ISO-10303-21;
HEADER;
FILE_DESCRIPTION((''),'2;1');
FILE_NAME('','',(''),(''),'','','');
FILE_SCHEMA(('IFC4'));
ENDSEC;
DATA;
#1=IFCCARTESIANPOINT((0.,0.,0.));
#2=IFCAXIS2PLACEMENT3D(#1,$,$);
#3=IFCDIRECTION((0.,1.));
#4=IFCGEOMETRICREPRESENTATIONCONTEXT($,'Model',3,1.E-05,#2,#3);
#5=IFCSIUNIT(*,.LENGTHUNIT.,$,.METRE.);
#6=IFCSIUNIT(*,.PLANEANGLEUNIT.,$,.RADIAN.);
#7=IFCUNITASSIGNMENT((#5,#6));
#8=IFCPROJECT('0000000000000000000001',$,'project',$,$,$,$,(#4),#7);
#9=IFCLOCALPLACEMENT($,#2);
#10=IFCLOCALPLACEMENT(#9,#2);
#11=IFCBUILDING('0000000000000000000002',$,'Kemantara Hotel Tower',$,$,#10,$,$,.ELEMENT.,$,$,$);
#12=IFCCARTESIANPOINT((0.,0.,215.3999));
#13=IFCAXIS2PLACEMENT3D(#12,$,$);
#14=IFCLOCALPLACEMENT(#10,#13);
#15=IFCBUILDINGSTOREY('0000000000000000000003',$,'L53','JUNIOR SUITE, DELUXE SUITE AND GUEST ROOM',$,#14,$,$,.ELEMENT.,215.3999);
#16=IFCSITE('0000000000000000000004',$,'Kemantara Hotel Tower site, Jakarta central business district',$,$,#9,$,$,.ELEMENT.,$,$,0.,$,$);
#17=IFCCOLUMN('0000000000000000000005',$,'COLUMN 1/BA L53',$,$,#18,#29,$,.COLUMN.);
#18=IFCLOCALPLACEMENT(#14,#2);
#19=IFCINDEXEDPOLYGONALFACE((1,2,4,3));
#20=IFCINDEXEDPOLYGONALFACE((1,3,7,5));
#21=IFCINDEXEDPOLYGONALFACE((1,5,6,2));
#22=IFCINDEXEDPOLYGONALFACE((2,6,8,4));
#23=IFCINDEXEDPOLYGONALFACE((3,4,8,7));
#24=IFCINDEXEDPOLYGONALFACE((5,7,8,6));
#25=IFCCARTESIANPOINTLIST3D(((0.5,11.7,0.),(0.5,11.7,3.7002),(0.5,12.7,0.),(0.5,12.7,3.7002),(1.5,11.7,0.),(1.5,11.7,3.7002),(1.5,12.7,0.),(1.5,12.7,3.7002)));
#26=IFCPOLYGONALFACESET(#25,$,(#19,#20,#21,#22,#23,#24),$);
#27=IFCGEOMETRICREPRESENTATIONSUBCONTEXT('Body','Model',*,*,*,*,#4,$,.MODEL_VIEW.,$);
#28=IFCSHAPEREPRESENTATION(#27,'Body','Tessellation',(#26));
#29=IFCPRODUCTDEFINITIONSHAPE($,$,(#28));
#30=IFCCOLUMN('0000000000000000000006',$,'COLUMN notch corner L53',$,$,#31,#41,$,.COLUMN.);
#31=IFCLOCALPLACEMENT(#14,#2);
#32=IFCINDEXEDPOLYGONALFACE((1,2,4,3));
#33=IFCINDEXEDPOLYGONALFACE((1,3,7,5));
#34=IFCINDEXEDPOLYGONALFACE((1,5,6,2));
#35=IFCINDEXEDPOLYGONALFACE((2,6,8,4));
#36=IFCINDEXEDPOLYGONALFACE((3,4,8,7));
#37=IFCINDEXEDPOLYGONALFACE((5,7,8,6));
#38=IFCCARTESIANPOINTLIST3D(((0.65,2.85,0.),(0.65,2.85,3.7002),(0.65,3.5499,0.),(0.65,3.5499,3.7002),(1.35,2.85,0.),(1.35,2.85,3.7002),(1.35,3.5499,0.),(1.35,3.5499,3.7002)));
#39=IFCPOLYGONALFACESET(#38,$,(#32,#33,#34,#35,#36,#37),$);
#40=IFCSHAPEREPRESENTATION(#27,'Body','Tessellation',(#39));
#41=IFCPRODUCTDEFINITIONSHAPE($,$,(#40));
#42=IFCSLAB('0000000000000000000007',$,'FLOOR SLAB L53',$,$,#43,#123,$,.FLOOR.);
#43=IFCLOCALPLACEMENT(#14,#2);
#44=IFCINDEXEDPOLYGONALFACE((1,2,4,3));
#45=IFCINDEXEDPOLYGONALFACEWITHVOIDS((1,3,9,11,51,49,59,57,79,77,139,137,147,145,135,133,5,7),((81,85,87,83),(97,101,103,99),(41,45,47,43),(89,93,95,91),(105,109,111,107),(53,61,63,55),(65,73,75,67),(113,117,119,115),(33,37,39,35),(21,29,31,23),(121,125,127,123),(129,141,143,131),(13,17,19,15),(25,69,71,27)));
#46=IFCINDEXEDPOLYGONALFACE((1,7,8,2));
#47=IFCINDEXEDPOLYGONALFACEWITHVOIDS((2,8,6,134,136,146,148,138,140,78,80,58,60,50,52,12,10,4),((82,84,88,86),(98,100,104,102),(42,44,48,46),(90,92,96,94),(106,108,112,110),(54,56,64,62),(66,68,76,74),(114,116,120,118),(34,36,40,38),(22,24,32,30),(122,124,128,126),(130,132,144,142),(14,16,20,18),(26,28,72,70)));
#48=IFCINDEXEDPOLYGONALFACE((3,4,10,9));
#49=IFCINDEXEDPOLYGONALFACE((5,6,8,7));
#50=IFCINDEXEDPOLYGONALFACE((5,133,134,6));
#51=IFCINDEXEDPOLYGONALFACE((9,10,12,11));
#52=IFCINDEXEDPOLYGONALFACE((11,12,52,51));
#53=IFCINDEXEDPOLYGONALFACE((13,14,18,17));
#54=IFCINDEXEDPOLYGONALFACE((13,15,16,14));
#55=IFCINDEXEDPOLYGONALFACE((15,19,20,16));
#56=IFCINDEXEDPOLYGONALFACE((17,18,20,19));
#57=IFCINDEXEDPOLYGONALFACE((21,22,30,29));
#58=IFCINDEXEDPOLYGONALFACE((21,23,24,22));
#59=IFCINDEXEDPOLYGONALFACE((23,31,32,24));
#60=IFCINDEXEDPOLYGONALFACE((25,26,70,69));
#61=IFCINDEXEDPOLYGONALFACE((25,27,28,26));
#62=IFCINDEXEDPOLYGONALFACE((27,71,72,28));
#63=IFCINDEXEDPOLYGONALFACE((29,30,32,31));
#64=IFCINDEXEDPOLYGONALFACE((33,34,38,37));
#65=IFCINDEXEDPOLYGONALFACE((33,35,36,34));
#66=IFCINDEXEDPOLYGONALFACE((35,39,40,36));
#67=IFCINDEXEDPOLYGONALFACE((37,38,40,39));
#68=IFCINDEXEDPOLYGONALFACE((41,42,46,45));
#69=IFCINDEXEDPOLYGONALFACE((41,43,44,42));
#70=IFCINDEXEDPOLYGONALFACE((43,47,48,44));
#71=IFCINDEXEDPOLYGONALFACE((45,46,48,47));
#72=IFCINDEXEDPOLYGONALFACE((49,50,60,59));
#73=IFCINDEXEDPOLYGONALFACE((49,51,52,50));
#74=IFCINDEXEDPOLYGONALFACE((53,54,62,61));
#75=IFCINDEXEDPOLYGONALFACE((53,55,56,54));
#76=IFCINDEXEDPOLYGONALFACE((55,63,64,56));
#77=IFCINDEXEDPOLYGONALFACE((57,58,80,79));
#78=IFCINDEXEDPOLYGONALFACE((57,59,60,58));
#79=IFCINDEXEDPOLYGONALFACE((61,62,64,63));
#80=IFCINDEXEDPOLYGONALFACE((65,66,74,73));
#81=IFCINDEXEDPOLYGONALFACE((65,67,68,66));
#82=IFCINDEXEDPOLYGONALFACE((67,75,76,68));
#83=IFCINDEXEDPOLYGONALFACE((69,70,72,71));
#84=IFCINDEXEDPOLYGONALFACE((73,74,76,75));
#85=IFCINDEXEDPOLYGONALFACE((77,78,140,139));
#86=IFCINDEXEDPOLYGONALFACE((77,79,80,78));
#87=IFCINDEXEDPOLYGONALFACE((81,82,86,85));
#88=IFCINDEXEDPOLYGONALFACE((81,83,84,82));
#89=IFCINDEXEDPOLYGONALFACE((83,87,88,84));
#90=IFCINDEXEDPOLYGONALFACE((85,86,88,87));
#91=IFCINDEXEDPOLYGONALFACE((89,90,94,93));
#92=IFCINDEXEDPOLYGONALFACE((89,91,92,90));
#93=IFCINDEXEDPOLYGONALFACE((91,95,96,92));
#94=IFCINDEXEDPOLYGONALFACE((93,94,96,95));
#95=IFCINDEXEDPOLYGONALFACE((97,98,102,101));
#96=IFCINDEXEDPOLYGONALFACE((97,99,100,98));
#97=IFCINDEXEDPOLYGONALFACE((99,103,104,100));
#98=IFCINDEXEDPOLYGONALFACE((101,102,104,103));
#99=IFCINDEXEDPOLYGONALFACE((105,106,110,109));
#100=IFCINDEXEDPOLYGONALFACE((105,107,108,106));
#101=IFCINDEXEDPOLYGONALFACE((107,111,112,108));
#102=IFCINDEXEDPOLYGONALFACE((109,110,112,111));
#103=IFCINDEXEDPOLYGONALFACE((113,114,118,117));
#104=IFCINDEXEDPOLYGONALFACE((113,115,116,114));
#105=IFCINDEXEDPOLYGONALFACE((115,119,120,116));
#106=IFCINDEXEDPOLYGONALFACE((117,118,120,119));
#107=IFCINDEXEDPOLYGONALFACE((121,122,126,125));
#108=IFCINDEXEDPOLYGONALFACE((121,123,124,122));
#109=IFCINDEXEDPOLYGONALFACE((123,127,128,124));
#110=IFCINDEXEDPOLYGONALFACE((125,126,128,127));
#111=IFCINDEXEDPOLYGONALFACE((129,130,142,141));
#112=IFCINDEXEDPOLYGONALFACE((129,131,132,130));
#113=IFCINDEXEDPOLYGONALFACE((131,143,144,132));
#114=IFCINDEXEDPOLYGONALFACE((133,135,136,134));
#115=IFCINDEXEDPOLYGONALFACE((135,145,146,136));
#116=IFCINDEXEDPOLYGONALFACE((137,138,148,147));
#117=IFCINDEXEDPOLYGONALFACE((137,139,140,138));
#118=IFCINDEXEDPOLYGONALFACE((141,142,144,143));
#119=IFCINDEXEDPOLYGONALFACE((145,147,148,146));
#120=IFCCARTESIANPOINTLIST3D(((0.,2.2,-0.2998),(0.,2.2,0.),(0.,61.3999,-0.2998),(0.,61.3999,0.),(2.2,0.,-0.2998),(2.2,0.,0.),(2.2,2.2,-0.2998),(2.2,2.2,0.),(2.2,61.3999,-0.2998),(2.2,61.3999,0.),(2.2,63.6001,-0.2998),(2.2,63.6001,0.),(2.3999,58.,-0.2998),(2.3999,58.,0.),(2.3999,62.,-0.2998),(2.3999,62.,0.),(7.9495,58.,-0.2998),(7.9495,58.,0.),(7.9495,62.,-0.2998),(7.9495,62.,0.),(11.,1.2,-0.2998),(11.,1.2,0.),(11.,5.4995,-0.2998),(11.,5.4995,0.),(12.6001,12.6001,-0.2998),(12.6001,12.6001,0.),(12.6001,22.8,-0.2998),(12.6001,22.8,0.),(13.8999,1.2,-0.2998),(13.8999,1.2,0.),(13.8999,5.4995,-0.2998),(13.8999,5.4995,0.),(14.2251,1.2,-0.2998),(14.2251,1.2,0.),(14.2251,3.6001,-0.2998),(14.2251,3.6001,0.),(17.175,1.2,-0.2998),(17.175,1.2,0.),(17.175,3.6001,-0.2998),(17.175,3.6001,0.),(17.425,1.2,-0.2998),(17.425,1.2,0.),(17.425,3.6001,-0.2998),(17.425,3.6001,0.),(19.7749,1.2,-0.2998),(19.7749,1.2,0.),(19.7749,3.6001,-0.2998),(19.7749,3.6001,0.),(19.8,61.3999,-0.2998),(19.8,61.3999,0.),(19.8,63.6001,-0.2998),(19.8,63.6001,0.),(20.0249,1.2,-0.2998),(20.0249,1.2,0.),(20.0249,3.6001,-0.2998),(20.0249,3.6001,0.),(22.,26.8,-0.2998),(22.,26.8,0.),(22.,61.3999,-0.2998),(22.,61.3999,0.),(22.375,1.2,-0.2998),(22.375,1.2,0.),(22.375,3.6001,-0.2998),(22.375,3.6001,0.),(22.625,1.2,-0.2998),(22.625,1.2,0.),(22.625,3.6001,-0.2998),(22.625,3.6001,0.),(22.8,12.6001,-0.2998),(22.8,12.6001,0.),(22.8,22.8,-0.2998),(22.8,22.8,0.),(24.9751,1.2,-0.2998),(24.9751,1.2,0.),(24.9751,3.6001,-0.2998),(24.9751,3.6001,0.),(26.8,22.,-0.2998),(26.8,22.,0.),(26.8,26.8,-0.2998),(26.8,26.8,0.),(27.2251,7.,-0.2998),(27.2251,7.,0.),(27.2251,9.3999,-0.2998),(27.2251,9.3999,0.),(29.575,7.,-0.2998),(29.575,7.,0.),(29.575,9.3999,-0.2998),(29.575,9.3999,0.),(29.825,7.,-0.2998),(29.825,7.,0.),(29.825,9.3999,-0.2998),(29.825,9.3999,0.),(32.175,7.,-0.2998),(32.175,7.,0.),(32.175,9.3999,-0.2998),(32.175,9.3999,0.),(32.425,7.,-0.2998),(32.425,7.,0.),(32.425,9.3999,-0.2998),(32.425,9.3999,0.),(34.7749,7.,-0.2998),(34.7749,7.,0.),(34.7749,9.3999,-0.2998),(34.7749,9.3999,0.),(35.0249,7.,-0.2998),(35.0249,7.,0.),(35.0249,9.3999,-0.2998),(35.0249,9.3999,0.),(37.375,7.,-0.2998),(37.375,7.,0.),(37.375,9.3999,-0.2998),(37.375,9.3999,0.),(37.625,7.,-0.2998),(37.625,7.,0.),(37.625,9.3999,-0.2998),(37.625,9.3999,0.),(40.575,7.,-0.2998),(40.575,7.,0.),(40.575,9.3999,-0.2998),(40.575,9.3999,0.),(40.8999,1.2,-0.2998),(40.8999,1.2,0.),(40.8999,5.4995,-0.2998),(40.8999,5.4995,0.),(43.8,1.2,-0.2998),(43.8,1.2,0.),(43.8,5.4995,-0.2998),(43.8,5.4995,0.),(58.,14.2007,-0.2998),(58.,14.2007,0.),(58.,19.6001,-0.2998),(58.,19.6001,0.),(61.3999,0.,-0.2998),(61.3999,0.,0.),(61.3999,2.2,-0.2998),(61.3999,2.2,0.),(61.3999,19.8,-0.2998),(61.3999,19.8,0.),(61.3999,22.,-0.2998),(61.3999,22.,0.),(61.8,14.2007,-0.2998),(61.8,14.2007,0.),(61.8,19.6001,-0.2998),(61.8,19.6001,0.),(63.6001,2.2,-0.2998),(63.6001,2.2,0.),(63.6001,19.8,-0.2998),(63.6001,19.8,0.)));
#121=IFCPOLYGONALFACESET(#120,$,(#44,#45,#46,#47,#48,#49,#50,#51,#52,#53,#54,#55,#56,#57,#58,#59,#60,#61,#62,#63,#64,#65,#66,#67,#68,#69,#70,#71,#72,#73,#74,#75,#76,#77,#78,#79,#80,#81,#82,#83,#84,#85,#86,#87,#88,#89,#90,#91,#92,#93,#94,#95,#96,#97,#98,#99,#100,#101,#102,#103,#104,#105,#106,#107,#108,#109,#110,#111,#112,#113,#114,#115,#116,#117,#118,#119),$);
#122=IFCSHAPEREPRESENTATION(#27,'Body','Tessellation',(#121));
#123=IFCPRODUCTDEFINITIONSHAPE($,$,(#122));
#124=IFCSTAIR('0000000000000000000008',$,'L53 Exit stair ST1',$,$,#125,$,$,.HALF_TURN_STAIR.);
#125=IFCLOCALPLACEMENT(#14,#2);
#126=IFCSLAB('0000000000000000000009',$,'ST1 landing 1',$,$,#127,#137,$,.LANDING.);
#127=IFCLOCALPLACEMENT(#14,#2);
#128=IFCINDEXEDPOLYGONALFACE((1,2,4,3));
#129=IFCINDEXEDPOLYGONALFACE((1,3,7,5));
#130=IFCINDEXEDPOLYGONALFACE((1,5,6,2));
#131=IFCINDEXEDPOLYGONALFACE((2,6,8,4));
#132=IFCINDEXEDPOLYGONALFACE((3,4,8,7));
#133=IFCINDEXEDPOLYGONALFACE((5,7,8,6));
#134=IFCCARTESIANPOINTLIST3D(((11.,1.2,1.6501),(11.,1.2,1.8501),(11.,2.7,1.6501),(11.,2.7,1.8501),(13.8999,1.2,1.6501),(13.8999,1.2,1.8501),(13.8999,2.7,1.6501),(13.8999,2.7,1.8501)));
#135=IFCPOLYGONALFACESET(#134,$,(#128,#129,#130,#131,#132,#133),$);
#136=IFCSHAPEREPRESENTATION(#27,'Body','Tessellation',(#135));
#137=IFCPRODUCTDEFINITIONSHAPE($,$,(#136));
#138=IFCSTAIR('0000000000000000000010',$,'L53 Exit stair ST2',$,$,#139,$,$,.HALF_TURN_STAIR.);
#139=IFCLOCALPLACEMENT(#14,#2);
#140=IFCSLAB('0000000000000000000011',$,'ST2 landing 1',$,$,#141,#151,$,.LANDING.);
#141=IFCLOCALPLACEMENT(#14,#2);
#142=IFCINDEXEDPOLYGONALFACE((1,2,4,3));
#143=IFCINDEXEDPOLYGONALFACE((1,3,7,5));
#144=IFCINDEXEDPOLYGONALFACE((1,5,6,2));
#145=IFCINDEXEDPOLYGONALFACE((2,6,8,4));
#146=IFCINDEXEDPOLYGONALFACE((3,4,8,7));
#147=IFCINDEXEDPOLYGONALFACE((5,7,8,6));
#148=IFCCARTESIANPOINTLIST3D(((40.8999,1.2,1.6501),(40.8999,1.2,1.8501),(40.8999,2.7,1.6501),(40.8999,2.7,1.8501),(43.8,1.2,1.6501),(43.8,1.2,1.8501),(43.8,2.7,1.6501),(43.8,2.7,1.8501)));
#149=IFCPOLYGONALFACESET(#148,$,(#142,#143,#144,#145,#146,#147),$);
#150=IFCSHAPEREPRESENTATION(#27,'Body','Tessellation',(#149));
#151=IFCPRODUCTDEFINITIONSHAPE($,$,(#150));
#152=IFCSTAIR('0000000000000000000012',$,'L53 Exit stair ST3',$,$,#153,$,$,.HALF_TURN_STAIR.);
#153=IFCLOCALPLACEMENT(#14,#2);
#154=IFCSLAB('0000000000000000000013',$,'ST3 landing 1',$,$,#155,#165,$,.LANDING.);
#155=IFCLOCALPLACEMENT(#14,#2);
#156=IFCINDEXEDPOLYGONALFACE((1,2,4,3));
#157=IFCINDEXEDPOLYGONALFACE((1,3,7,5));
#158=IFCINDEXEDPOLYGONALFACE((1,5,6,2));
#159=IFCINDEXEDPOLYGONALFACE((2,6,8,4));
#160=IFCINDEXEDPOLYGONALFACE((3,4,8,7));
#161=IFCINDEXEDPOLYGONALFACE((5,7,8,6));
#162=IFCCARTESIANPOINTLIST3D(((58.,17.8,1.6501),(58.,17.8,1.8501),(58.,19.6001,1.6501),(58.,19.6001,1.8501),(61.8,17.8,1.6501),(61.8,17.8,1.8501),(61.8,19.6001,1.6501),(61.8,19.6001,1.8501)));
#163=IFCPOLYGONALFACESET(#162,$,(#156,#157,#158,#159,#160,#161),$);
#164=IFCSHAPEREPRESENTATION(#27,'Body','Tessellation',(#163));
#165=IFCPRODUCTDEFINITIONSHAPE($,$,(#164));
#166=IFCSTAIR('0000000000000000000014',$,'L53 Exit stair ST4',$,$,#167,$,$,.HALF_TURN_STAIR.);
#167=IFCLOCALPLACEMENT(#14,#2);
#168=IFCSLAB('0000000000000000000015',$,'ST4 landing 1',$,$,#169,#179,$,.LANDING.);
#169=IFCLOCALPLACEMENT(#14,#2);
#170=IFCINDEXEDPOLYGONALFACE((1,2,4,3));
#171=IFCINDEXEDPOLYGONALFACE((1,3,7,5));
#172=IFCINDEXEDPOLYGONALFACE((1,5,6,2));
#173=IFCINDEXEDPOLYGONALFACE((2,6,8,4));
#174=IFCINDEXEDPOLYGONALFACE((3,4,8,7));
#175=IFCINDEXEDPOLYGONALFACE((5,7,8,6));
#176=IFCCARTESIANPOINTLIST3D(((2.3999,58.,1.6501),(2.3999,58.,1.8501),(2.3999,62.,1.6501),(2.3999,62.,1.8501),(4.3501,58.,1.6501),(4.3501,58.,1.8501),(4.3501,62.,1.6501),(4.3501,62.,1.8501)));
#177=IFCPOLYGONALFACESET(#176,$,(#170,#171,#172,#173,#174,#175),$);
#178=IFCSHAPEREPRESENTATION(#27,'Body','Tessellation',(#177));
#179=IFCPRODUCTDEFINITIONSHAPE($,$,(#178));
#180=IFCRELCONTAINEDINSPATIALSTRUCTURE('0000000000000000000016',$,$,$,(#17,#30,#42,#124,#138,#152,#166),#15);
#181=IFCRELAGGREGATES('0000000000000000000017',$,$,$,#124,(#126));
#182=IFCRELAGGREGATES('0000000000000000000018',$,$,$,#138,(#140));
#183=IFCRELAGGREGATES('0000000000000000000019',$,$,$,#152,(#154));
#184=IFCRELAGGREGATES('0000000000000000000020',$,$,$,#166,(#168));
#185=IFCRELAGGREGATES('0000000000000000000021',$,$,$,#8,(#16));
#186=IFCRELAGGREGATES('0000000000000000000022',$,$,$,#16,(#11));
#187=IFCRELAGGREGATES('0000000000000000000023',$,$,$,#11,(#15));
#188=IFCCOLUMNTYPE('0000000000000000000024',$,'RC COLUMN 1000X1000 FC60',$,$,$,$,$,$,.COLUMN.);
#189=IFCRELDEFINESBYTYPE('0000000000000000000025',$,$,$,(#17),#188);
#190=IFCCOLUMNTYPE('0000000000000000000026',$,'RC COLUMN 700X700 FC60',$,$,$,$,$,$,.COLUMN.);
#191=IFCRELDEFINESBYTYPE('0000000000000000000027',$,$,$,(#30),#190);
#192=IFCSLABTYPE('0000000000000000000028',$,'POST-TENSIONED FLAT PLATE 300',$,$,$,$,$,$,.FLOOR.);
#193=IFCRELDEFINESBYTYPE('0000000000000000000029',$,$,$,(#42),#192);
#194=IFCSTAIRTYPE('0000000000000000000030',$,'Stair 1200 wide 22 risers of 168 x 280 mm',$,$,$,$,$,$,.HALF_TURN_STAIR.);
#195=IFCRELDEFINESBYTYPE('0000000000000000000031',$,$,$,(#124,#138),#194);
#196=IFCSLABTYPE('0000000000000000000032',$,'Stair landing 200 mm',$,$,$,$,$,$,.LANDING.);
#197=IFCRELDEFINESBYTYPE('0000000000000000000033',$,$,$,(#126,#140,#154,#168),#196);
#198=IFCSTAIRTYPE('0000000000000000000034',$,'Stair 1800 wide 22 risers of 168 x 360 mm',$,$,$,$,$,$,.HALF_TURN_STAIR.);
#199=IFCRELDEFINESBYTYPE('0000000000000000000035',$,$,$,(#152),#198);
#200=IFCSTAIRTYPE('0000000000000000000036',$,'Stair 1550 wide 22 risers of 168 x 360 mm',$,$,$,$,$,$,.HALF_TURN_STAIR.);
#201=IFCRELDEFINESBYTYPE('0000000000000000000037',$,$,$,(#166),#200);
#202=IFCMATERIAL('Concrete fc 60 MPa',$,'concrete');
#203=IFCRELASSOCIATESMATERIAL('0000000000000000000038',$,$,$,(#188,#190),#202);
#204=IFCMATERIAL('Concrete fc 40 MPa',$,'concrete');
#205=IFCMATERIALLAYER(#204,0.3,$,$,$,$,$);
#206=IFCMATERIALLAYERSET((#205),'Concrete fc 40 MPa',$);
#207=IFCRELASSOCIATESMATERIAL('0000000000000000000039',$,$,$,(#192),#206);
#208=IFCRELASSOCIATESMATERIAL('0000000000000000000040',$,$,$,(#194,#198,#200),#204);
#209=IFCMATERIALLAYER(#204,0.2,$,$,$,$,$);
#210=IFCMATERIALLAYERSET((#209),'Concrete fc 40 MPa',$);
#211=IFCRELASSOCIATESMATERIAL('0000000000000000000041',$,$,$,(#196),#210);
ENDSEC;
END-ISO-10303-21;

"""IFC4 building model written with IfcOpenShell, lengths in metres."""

from ifc_helpers import new_model, si_unit, direction, frame, origin, origin_2d, place, context, subcontext, project, spatial, polyline, rectangle, outline, extrude, material, layer, layer_set, material_profile, profile_set, type_object, element, aggregate, save


model = new_model("IFC4")

# Units and contexts
model_context = context("Model", 3, precision=1e-05, world=origin(), true_north=direction((0.0, 1.0)))
body_context = subcontext(model_context, "Body", "Model", "MODEL_VIEW")
ifc_project = project(units=[si_unit("LENGTHUNIT", "METRE"), si_unit("PLANEANGLEUNIT", "RADIAN")], contexts=[model_context])

# Site, building, storey
site_placement = place(None, origin())
site = spatial("IfcSite", under=ifc_project, at=site_placement, Name="Kemantara Hotel Tower site, Jakarta central business district", CompositionType="ELEMENT", RefElevation=0.0)
building_placement = place(site_placement, origin())
building = spatial("IfcBuilding", under=site, at=building_placement, Name="Kemantara Hotel Tower", CompositionType="ELEMENT")
storey_placement = place(building_placement, frame((0.0, 0.0, 215.3999)))
storey = spatial("IfcBuildingStorey", under=building, at=storey_placement, Name="L53", Description="JUNIOR SUITE, DELUXE SUITE AND GUEST ROOM", CompositionType="ELEMENT", Elevation=215.3999)

# Columns
ifc_material_1 = material(Name="Concrete fc 60 MPa", Category="concrete")
ifc_material_profile_1 = material_profile(ifc_material_1, rectangle(XDim=1.0, YDim=1.0, at=origin_2d()), Name="RC 1000X1000")
ifc_profile_set_1 = profile_set([ifc_material_profile_1], Name="Concrete fc 60 MPa")
column_type_1 = type_object("IfcColumnType", Name="RC COLUMN 1000X1000 FC60", PredefinedType="COLUMN", material=ifc_profile_set_1)
column_1_placement = place(storey_placement, frame((1.0, 12.2, 0.0), z_axis=(0.0, 0.0, 1.0), x_axis=(1.0, 0.0, 0.0)))
element("IfcColumn", 1, at=column_1_placement, inside=storey, type_object=column_type_1, Name="COLUMN 1/BA L53", PredefinedType="COLUMN", context=body_context, shape_type="SweptSolid", body=[
    extrude(rectangle(XDim=1.0, YDim=1.0, at=origin_2d()), origin(), (0.0, 0.0, 1.0), 3.7002),
])
ifc_material_profile_2 = material_profile(ifc_material_1, rectangle(XDim=0.7, YDim=0.7, at=origin_2d()), Name="RC 700X700")
ifc_profile_set_2 = profile_set([ifc_material_profile_2], Name="Concrete fc 60 MPa")
column_type_2 = type_object("IfcColumnType", Name="RC COLUMN 700X700 FC60", PredefinedType="COLUMN", material=ifc_profile_set_2)
column_2_placement = place(storey_placement, frame((1.0, 3.2, 0.0), z_axis=(0.0, 0.0, 1.0), x_axis=(1.0, 0.0, 0.0)))
element("IfcColumn", 2, at=column_2_placement, inside=storey, type_object=column_type_2, Name="COLUMN notch corner L53", PredefinedType="COLUMN", context=body_context, shape_type="SweptSolid", body=[
    extrude(rectangle(XDim=0.7, YDim=0.7, at=origin_2d()), origin(), (0.0, 0.0, 1.0), 3.7002),
])

# Slab
ifc_material_2 = material(Name="Concrete fc 40 MPa", Category="concrete")
ifc_layer_1 = layer(ifc_material_2, 0.3)
ifc_layer_set_1 = layer_set([ifc_layer_1], Name="Concrete fc 40 MPa")
slab_type_1 = type_object("IfcSlabType", Name="POST-TENSIONED FLAT PLATE 300", PredefinedType="FLOOR", material=ifc_layer_set_1)
slab_1_placement = place(storey_placement, frame((0.0, 0.0, -0.2998)))
element("IfcSlab", 3, at=slab_1_placement, inside=storey, type_object=slab_type_1, Name="FLOOR SLAB L53", PredefinedType="FLOOR", context=body_context, shape_type="SweptSolid", body=[
    extrude(outline(polyline([(22.0, 26.8), (22.0, 61.3999), (19.8, 61.3999), (19.8, 63.6001), (2.2, 63.6001), (2.2, 61.3999), (0.0, 61.3999), (0.0, 2.2), (2.2, 2.2), (2.2, 0.0), (61.3999, 0.0), (61.3999, 2.2), (63.6001, 2.2), (63.6001, 19.8), (61.3999, 19.8), (61.3999, 22.0), (26.8, 22.0), (26.8, 26.8), (22.0, 26.8)]), holes=[polyline([(17.175, 3.6001), (17.175, 1.2), (14.2251, 1.2), (14.2251, 3.6001), (17.175, 3.6001)]), polyline([(19.7749, 1.2), (17.425, 1.2), (17.425, 3.6001), (19.7749, 3.6001), (19.7749, 1.2)]), polyline([(22.375, 1.2), (20.0249, 1.2), (20.0249, 3.6001), (22.375, 3.6001), (22.375, 1.2)]), polyline([(24.9751, 1.2), (22.625, 1.2), (22.625, 3.6001), (24.9751, 3.6001), (24.9751, 1.2)]), polyline([(11.0, 1.2), (11.0, 5.4995), (13.8999, 5.4995), (13.8999, 1.2), (11.0, 1.2)]), polyline([(22.8, 12.6001), (12.6001, 12.6001), (12.6001, 22.8), (22.8, 22.8), (22.8, 12.6001)]), polyline([(2.3999, 62.0), (7.9495, 62.0), (7.9495, 58.0), (2.3999, 58.0), (2.3999, 62.0)]), polyline([(43.8, 1.2), (40.8999, 1.2), (40.8999, 5.4995), (43.8, 5.4995), (43.8, 1.2)]), polyline([(29.575, 7.0), (27.2251, 7.0), (27.2251, 9.3999), (29.575, 9.3999), (29.575, 7.0)]), polyline([(32.175, 7.0), (29.825, 7.0), (29.825, 9.3999), (32.175, 9.3999), (32.175, 7.0)]), polyline([(34.7749, 7.0), (32.425, 7.0), (32.425, 9.3999), (34.7749, 9.3999), (34.7749, 7.0)]), polyline([(37.375, 7.0), (35.0249, 7.0), (35.0249, 9.3999), (37.375, 9.3999), (37.375, 7.0)]), polyline([(40.575, 7.0), (37.625, 7.0), (37.625, 9.3999), (40.575, 9.3999), (40.575, 7.0)]), polyline([(61.8, 19.6001), (61.8, 14.2007), (58.0, 14.2007), (58.0, 19.6001), (61.8, 19.6001)])]), origin(), (0.0, 0.0, 1.0), 0.2998),
])

# Stairs, slabs
stair_type_1 = type_object("IfcStairType", Name="Stair 1200 wide 22 risers of 168 x 280 mm", PredefinedType="HALF_TURN_STAIR", material=ifc_material_2)
stair_1_placement = place(storey_placement, origin())
stair_1 = element("IfcStair", 4, at=stair_1_placement, inside=storey, type_object=stair_type_1, Name="L53 Exit stair ST1", PredefinedType="HALF_TURN_STAIR")
ifc_layer_2 = layer(ifc_material_2, 0.2)
ifc_layer_set_2 = layer_set([ifc_layer_2], Name="Concrete fc 40 MPa")
slab_type_2 = type_object("IfcSlabType", Name="Stair landing 200 mm", PredefinedType="LANDING", material=ifc_layer_set_2)
slab_2_placement = place(storey_placement, frame((0.0, 0.0, 1.6501)))
slab_2 = element("IfcSlab", 5, at=slab_2_placement, type_object=slab_type_2, Name="ST1 landing 1", PredefinedType="LANDING", context=body_context, shape_type="SweptSolid", body=[
    extrude(outline(polyline([(11.0, 2.7), (11.0, 1.2), (13.8999, 1.2), (13.8999, 2.7), (11.0, 2.7)])), origin(), (0.0, 0.0, 1.0), 0.2),
])
aggregate(stair_1, [slab_2])
stair_2_placement = place(storey_placement, origin())
stair_2 = element("IfcStair", 6, at=stair_2_placement, inside=storey, type_object=stair_type_1, Name="L53 Exit stair ST2", PredefinedType="HALF_TURN_STAIR")
slab_3_placement = place(storey_placement, frame((0.0, 0.0, 1.6501)))
slab_3 = element("IfcSlab", 7, at=slab_3_placement, type_object=slab_type_2, Name="ST2 landing 1", PredefinedType="LANDING", context=body_context, shape_type="SweptSolid", body=[
    extrude(outline(polyline([(40.8999, 2.7), (40.8999, 1.2), (43.8, 1.2), (43.8, 2.7), (40.8999, 2.7)])), origin(), (0.0, 0.0, 1.0), 0.2),
])
aggregate(stair_2, [slab_3])
stair_type_2 = type_object("IfcStairType", Name="Stair 1800 wide 22 risers of 168 x 360 mm", PredefinedType="HALF_TURN_STAIR", material=ifc_material_2)
stair_3_placement = place(storey_placement, origin())
stair_3 = element("IfcStair", 8, at=stair_3_placement, inside=storey, type_object=stair_type_2, Name="L53 Exit stair ST3", PredefinedType="HALF_TURN_STAIR")
slab_4_placement = place(storey_placement, frame((0.0, 0.0, 1.6501)))
slab_4 = element("IfcSlab", 9, at=slab_4_placement, type_object=slab_type_2, Name="ST3 landing 1", PredefinedType="LANDING", context=body_context, shape_type="SweptSolid", body=[
    extrude(outline(polyline([(61.8, 17.8), (61.8, 19.6001), (58.0, 19.6001), (58.0, 17.8), (61.8, 17.8)])), origin(), (0.0, 0.0, 1.0), 0.2),
])
aggregate(stair_3, [slab_4])
stair_type_3 = type_object("IfcStairType", Name="Stair 1550 wide 22 risers of 168 x 360 mm", PredefinedType="HALF_TURN_STAIR", material=ifc_material_2)
stair_4_placement = place(storey_placement, origin())
stair_4 = element("IfcStair", 10, at=stair_4_placement, inside=storey, type_object=stair_type_3, Name="L53 Exit stair ST4", PredefinedType="HALF_TURN_STAIR")
slab_5_placement = place(storey_placement, frame((0.0, 0.0, 1.6501)))
slab_5 = element("IfcSlab", 11, at=slab_5_placement, type_object=slab_type_2, Name="ST4 landing 1", PredefinedType="LANDING", context=body_context, shape_type="SweptSolid", body=[
    extrude(outline(polyline([(4.3501, 62.0), (2.3999, 62.0), (2.3999, 58.0), (4.3501, 58.0), (4.3501, 62.0)])), origin(), (0.0, 0.0, 1.0), 0.2),
])
aggregate(stair_4, [slab_5])

save(model, "model.ifc")
